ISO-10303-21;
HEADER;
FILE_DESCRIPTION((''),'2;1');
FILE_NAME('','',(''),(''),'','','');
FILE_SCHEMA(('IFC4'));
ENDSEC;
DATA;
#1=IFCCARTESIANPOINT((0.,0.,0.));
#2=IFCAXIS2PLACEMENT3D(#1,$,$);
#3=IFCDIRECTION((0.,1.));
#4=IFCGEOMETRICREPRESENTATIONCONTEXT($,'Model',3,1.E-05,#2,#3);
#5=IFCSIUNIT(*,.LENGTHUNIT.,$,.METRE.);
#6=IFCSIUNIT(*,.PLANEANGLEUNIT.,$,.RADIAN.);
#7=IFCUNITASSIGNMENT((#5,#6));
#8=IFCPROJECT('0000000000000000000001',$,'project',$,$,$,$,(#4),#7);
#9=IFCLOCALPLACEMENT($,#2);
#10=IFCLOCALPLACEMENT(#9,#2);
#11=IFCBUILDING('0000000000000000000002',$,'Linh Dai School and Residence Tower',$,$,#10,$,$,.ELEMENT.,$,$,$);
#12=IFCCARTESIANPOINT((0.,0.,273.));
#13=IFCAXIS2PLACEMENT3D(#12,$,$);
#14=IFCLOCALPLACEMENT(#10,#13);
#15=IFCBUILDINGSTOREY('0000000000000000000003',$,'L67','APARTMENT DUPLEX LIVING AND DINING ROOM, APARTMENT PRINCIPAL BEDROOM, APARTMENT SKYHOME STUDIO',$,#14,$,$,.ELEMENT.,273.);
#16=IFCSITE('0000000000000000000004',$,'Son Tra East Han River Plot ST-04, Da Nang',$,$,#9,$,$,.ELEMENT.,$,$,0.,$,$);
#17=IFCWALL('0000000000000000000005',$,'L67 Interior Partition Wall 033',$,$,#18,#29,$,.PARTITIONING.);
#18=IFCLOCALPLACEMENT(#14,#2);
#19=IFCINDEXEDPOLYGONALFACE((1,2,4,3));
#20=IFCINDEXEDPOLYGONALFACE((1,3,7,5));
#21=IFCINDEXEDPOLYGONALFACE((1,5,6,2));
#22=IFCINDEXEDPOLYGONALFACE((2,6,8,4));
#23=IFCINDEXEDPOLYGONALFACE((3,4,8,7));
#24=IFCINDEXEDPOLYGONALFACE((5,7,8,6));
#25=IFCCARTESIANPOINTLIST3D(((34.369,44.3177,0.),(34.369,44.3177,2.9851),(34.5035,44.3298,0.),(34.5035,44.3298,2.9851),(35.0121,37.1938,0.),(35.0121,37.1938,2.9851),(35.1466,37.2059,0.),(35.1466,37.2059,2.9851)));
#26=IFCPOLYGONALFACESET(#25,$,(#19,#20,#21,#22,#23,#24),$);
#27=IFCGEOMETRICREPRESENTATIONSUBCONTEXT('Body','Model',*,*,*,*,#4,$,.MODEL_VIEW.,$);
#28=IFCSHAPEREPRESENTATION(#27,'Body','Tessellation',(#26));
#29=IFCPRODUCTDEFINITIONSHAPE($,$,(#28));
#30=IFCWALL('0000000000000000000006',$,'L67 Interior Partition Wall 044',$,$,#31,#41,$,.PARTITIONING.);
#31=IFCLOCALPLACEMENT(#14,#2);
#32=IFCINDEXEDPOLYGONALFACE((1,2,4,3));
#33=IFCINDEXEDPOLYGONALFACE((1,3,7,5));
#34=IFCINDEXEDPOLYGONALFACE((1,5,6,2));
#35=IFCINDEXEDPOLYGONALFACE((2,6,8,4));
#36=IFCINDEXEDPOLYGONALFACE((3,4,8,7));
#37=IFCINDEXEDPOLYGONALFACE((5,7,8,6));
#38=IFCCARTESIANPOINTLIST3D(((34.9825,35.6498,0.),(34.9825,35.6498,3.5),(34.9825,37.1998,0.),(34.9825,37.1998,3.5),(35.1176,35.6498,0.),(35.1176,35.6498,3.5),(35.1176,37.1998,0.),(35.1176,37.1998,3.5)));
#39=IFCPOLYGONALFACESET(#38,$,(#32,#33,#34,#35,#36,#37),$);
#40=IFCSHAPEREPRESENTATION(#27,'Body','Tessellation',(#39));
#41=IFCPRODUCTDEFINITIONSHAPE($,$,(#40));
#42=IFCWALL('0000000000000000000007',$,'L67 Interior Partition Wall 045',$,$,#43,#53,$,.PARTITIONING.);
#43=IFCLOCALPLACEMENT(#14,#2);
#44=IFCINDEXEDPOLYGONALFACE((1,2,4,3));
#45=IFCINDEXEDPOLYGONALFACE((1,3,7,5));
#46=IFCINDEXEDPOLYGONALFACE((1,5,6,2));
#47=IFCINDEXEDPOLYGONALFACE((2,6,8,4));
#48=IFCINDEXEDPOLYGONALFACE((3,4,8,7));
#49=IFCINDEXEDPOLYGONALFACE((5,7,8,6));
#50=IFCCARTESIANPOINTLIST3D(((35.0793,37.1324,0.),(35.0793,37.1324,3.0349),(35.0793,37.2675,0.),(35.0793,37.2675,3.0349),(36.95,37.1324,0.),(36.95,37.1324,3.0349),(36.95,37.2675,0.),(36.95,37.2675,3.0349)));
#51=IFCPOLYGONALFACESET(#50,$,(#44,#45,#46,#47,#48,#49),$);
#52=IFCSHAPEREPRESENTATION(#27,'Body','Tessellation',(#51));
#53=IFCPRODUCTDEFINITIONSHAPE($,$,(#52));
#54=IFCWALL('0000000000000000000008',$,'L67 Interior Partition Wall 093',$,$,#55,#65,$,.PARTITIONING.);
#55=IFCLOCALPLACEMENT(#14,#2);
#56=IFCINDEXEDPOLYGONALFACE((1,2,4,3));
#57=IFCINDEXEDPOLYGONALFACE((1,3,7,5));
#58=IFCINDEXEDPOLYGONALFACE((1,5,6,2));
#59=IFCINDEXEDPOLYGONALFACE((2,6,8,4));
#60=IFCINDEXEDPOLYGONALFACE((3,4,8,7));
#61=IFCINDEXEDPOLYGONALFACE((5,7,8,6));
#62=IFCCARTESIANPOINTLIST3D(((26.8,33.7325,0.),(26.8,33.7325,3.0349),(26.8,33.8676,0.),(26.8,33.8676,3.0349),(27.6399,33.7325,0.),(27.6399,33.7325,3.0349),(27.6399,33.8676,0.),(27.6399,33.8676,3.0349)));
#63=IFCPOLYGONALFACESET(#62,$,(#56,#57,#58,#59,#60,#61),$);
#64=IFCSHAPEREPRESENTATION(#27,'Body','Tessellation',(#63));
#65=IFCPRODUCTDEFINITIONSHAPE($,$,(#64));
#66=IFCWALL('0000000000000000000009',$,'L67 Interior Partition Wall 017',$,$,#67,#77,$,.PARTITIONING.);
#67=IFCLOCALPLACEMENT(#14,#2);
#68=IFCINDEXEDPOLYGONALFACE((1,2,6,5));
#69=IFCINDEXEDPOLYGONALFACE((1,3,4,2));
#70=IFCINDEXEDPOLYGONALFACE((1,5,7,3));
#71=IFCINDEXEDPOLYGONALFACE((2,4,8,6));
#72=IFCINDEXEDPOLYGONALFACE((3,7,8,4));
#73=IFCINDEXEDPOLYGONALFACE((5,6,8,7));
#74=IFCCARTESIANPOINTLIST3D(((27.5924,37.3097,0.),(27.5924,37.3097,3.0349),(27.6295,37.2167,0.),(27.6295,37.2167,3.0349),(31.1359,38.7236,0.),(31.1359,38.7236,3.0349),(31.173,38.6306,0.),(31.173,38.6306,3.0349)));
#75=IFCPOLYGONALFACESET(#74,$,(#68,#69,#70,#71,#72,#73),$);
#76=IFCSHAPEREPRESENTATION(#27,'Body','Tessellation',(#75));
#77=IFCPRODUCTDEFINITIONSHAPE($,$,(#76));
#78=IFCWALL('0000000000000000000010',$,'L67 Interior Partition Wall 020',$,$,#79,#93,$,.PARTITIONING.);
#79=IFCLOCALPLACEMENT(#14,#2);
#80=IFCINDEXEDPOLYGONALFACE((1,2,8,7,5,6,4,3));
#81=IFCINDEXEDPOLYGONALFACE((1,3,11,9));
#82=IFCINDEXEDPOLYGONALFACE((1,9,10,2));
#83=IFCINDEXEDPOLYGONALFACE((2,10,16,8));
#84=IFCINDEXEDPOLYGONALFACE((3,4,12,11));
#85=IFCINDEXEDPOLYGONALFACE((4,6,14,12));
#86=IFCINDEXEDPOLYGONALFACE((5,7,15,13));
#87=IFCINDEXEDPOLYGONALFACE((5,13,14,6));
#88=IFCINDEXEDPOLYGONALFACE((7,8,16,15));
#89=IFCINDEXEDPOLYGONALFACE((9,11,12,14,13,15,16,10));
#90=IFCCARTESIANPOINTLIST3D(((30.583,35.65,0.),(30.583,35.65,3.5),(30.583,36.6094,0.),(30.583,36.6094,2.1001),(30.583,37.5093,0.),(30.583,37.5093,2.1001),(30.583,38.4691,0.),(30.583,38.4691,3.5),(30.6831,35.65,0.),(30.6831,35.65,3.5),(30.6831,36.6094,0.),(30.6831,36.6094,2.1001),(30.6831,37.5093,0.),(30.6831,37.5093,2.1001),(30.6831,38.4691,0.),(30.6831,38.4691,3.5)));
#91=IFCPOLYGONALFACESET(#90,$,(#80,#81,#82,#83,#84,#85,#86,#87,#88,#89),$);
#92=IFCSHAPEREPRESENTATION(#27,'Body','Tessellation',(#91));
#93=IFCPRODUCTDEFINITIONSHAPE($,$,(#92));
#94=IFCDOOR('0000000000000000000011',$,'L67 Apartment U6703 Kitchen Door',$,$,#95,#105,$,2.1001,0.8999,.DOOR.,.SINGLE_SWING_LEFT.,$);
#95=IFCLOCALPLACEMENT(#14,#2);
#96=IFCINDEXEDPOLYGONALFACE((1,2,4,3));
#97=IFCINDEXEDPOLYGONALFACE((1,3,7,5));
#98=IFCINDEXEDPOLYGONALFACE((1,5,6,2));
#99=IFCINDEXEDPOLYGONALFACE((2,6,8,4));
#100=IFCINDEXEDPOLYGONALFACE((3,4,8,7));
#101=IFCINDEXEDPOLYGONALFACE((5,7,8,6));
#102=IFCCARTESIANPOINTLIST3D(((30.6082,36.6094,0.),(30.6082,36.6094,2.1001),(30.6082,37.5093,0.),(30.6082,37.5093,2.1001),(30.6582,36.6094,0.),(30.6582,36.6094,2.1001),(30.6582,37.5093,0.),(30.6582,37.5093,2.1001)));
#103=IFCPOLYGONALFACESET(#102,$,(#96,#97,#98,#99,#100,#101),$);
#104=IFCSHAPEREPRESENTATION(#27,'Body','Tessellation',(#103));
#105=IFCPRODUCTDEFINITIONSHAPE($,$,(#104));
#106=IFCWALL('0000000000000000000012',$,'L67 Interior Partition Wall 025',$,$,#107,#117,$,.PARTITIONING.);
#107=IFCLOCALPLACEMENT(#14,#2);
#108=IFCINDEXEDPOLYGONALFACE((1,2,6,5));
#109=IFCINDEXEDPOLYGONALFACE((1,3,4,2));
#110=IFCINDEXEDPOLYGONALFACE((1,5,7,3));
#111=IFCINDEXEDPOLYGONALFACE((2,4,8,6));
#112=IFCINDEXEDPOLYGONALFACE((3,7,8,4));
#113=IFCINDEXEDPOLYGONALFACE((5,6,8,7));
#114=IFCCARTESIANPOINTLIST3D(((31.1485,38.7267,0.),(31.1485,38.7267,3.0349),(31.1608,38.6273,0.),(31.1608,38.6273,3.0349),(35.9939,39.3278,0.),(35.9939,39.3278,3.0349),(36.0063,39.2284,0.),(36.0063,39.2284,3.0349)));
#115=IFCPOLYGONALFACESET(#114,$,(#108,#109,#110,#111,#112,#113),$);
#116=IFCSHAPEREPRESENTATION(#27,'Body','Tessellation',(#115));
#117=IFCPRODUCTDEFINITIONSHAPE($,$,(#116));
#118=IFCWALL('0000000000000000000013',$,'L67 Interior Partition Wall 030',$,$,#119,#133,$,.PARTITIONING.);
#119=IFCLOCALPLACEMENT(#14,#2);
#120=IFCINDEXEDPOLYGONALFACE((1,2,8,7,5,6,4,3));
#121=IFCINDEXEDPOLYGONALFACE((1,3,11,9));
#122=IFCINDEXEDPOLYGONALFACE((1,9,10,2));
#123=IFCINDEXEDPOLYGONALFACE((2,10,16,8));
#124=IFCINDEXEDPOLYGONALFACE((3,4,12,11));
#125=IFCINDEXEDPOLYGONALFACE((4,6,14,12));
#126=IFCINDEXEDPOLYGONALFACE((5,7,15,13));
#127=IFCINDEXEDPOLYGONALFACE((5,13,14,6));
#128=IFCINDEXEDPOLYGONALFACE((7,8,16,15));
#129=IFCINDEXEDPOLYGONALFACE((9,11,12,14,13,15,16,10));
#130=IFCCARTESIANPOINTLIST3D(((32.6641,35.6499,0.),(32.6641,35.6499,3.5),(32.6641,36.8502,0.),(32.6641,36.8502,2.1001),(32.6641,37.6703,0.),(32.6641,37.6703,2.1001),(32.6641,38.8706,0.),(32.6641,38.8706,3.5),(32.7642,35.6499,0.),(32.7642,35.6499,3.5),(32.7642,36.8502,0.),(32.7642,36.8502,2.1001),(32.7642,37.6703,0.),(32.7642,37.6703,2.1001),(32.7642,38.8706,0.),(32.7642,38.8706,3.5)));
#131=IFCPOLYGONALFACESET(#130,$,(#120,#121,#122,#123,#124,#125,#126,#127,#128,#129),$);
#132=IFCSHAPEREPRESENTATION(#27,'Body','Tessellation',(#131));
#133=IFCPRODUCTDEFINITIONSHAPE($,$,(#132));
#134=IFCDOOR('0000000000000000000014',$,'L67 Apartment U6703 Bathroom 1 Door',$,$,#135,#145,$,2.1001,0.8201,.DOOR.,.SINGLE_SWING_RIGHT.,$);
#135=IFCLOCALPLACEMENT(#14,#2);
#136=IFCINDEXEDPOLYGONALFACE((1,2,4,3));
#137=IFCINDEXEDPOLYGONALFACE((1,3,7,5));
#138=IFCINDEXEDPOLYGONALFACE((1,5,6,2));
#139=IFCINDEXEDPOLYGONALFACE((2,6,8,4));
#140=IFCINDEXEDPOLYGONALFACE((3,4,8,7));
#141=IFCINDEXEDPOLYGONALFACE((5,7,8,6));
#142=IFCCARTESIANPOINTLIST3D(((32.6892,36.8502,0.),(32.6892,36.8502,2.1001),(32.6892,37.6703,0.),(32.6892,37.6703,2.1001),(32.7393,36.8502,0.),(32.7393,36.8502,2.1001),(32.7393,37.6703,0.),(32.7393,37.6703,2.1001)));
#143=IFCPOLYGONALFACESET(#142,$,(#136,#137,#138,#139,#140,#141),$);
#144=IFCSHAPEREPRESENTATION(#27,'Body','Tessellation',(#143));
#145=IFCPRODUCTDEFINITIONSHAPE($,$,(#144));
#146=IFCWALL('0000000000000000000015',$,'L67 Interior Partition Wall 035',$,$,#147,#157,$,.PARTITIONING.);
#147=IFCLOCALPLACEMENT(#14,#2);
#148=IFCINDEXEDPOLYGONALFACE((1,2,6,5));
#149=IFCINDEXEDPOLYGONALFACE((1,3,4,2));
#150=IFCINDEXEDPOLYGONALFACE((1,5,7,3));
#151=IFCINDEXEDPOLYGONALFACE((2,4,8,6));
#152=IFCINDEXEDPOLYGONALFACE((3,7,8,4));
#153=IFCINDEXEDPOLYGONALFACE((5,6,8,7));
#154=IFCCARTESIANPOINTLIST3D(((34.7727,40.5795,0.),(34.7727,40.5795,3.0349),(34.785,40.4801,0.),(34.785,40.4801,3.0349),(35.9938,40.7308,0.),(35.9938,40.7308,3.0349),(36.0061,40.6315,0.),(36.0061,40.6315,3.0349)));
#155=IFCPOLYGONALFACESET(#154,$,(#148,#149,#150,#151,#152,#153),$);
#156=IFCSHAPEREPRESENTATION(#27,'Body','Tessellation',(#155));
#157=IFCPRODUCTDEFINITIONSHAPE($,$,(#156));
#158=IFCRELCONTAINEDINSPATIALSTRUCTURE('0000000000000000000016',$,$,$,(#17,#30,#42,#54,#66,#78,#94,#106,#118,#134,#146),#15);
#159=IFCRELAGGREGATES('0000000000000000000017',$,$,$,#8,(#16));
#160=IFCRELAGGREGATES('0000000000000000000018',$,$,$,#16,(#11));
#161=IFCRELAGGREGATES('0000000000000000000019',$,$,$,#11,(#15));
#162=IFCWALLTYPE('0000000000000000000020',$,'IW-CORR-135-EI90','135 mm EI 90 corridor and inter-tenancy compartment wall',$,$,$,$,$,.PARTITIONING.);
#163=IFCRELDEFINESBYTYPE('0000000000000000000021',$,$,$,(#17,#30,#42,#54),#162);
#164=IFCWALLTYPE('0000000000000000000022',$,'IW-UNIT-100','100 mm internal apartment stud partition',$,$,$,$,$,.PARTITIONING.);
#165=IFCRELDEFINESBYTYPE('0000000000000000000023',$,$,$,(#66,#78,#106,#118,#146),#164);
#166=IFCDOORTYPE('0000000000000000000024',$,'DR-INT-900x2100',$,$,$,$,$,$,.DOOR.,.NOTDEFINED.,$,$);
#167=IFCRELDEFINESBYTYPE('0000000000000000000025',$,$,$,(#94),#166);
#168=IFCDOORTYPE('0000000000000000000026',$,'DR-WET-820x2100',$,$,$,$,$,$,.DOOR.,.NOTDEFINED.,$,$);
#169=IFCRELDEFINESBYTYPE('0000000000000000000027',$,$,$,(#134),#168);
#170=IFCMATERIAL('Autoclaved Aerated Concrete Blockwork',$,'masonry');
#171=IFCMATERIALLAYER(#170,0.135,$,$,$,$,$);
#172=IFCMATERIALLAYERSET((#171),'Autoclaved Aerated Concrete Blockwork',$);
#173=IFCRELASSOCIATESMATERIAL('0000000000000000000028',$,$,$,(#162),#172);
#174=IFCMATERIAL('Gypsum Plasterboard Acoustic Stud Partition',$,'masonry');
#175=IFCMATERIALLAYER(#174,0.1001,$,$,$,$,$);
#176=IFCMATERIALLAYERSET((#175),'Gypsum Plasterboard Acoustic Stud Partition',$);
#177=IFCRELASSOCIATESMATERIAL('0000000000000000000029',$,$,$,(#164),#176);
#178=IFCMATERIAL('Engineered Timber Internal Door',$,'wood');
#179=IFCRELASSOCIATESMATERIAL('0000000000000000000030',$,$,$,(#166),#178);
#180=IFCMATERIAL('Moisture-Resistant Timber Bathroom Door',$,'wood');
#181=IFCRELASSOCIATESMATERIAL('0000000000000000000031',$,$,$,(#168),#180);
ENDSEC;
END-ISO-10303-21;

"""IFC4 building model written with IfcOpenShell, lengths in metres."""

from ifc_helpers import new_model, si_unit, direction, frame, frame_2d, origin, origin_2d, place, context, subcontext, project, spatial, rectangle, extrude, source, transform, mapped, material, layer, layer_set, type_object, element, fill, save


model = new_model("IFC4")

# Units and contexts
model_context = context("Model", 3, precision=1e-05, world=origin(), true_north=direction((0.0, 1.0)))
body_context = subcontext(model_context, "Body", "Model", "MODEL_VIEW")
ifc_project = project(units=[si_unit("LENGTHUNIT", "METRE"), si_unit("PLANEANGLEUNIT", "RADIAN")], contexts=[model_context])

# Site, building, storey
site_placement = place(None, origin())
site = spatial("IfcSite", under=ifc_project, at=site_placement, Name="Son Tra East Han River Plot ST-04, Da Nang", CompositionType="ELEMENT", RefElevation=0.0)
building_placement = place(site_placement, origin())
building = spatial("IfcBuilding", under=site, at=building_placement, Name="Linh Dai School and Residence Tower", CompositionType="ELEMENT")
storey_placement = place(building_placement, frame((0.0, 0.0, 273.0)))
storey = spatial("IfcBuildingStorey", under=building, at=storey_placement, Name="L67", Description="APARTMENT DUPLEX LIVING AND DINING ROOM, APARTMENT PRINCIPAL BEDROOM, APARTMENT SKYHOME STUDIO", CompositionType="ELEMENT", Elevation=273.0)

# Walls
ifc_material_1 = material(Name="Autoclaved Aerated Concrete Blockwork", Category="masonry")
ifc_layer_1 = layer(ifc_material_1, 0.135)
ifc_layer_set_1 = layer_set([ifc_layer_1], Name="Autoclaved Aerated Concrete Blockwork")
wall_type_1 = type_object("IfcWallType", Name="IW-CORR-135-EI90", Description="135 mm EI 90 corridor and inter-tenancy compartment wall", PredefinedType="PARTITIONING", material=ifc_layer_set_1)
wall_1_placement = place(storey_placement, frame((34.4363, 44.3237, 0.0), z_axis=(0.0, 0.0, 1.0), x_axis=(0.089905, -0.99595, 0.0)))
element("IfcWall", 1, at=wall_1_placement, inside=storey, type_object=wall_type_1, Name="L67 Interior Partition Wall 033", PredefinedType="PARTITIONING", context=body_context, shape_type="SweptSolid", body=[
    extrude(rectangle(XDim=7.1528, YDim=0.135, at=frame_2d((3.5764, 0.0))), origin(), (0.0, 0.0, 1.0), 2.9851),
])
wall_2_placement = place(storey_placement, frame((35.05, 35.6499, 0.0), z_axis=(0.0, 0.0, 1.0), x_axis=(0.0, 1.0, 0.0)))
element("IfcWall", 2, at=wall_2_placement, inside=storey, type_object=wall_type_1, Name="L67 Interior Partition Wall 044", PredefinedType="PARTITIONING", context=body_context, shape_type="SweptSolid", body=[
    extrude(rectangle(XDim=1.55, YDim=0.135, at=frame_2d((0.7749, 0.0))), origin(), (0.0, 0.0, 1.0), 3.5),
])
wall_3_placement = place(storey_placement, frame((35.0793, 37.2, 0.0), z_axis=(0.0, 0.0, 1.0), x_axis=(1.0, 0.0, 0.0)))
element("IfcWall", 3, at=wall_3_placement, inside=storey, type_object=wall_type_1, Name="L67 Interior Partition Wall 045", PredefinedType="PARTITIONING", context=body_context, shape_type="SweptSolid", body=[
    extrude(rectangle(XDim=1.8706, YDim=0.135, at=frame_2d((0.9353, 0.0))), origin(), (0.0, 0.0, 1.0), 3.0349),
])
wall_4_placement = place(storey_placement, frame((27.6399, 33.8, 0.0), z_axis=(0.0, 0.0, 1.0), x_axis=(-1.0, 0.0, 0.0)))
element("IfcWall", 4, at=wall_4_placement, inside=storey, type_object=wall_type_1, Name="L67 Interior Partition Wall 093", PredefinedType="PARTITIONING", context=body_context, shape_type="SweptSolid", body=[
    extrude(rectangle(XDim=0.8398, YDim=0.135, at=frame_2d((0.4199, 0.0))), origin(), (0.0, 0.0, 1.0), 3.0349),
])
ifc_material_2 = material(Name="Gypsum Plasterboard Acoustic Stud Partition", Category="masonry")
ifc_layer_2 = layer(ifc_material_2, 0.1001)
ifc_layer_set_2 = layer_set([ifc_layer_2], Name="Gypsum Plasterboard Acoustic Stud Partition")
wall_type_2 = type_object("IfcWallType", Name="IW-UNIT-100", Description="100 mm internal apartment stud partition", PredefinedType="PARTITIONING", material=ifc_layer_set_2)
wall_5_placement = place(storey_placement, frame((27.6108, 37.2632, 0.0), z_axis=(0.0, 0.0, 1.0), x_axis=(0.928799, 0.370585, 0.0)))
element("IfcWall", 5, at=wall_5_placement, inside=storey, type_object=wall_type_2, Name="L67 Interior Partition Wall 017", PredefinedType="PARTITIONING", context=body_context, shape_type="SweptSolid", body=[
    extrude(rectangle(XDim=3.8152, YDim=0.1001, at=frame_2d((1.9077, 0.0))), origin(), (0.0, 0.0, 1.0), 3.0349),
])

# Wall, opening, door
wall_6_placement = place(storey_placement, frame((30.6331, 35.6499, 0.0), z_axis=(0.0, 0.0, 1.0), x_axis=(0.0, 1.0, 0.0)))
wall_6 = element("IfcWall", 6, at=wall_6_placement, inside=storey, type_object=wall_type_2, Name="L67 Interior Partition Wall 020", PredefinedType="PARTITIONING", context=body_context, shape_type="SweptSolid", body=[
    extrude(rectangle(XDim=2.8191, YDim=0.1001, at=frame_2d((1.4097, 0.0))), origin(), (0.0, 0.0, 1.0), 3.5),
])
opening_1_placement = place(wall_6_placement, frame((0.9595, 0.0, 0.0)))
opening_1 = element("IfcOpeningElement", 7, at=opening_1_placement, cuts=wall_6, PredefinedType="OPENING", context=body_context, shape_type="SweptSolid", body=[
    extrude(rectangle(XDim=0.8999, YDim=2.1001, at=origin_2d()), frame((0.45, 0.0601, 1.05), z_axis=(0.0, -1.0, 0.0), x_axis=(1.0, 0.0, 0.0)), (0.0, 0.0, 1.0), 0.1201),
])
ifc_material_3 = material(Name="Engineered Timber Internal Door", Category="wood")
door_type_1 = type_object("IfcDoorType", Name="DR-INT-900x2100", OperationType="NOTDEFINED", PredefinedType="DOOR", material=ifc_material_3)
shared_shape_1 = source(origin(), body_context, "Body", "SweptSolid", [
    extrude(rectangle(XDim=0.8999, YDim=2.1001, at=origin_2d()), frame((0.45, 0.0249, 1.05), z_axis=(0.0, -1.0, 0.0), x_axis=(1.0, 0.0, 0.0)), (0.0, 0.0, 1.0), 0.05),
])
door_1_placement = place(opening_1_placement, origin())
door_1 = element("IfcDoor", 8, at=door_1_placement, inside=storey, type_object=door_type_1, Name="L67 Apartment U6703 Kitchen Door", OperationType="SINGLE_SWING_LEFT", OverallHeight=2.1001, OverallWidth=0.8999, PredefinedType="DOOR", context=body_context, shape_type="MappedRepresentation", body=[
    mapped(shared_shape_1, transform((0.0, 0.0, 0.0), x_axis=(1.0, 0.0, 0.0), y_axis=(0.0, 1.0, 0.0), z_axis=(0.0, 0.0, 1.0), scale=1.0)),
])
fill(opening_1, door_1)

# Wall
wall_7_placement = place(storey_placement, frame((31.1545, 38.677, 0.0), z_axis=(0.0, 0.0, 1.0), x_axis=(0.992394, 0.123105, 0.0)))
element("IfcWall", 9, at=wall_7_placement, inside=storey, type_object=wall_type_2, Name="L67 Interior Partition Wall 025", PredefinedType="PARTITIONING", context=body_context, shape_type="SweptSolid", body=[
    extrude(rectangle(XDim=4.8826, YDim=0.1001, at=frame_2d((2.4414, 0.0))), origin(), (0.0, 0.0, 1.0), 3.0349),
])

# Wall, opening, door
wall_8_placement = place(storey_placement, frame((32.7141, 35.6499, 0.0), z_axis=(0.0, 0.0, 1.0), x_axis=(0.0, 1.0, 0.0)))
wall_8 = element("IfcWall", 10, at=wall_8_placement, inside=storey, type_object=wall_type_2, Name="L67 Interior Partition Wall 030", PredefinedType="PARTITIONING", context=body_context, shape_type="SweptSolid", body=[
    extrude(rectangle(XDim=3.2207, YDim=0.1001, at=frame_2d((1.6104, 0.0))), origin(), (0.0, 0.0, 1.0), 3.5),
])
opening_2_placement = place(wall_8_placement, frame((1.2002, 0.0, 0.0)))
opening_2 = element("IfcOpeningElement", 11, at=opening_2_placement, cuts=wall_8, PredefinedType="OPENING", context=body_context, shape_type="SweptSolid", body=[
    extrude(rectangle(XDim=0.8201, YDim=2.1001, at=origin_2d()), frame((0.4102, 0.0601, 1.05), z_axis=(0.0, -1.0, 0.0), x_axis=(1.0, 0.0, 0.0)), (0.0, 0.0, 1.0), 0.1201),
])
ifc_material_4 = material(Name="Moisture-Resistant Timber Bathroom Door", Category="wood")
door_type_2 = type_object("IfcDoorType", Name="DR-WET-820x2100", OperationType="NOTDEFINED", PredefinedType="DOOR", material=ifc_material_4)
shared_shape_2 = source(origin(), body_context, "Body", "SweptSolid", [
    extrude(rectangle(XDim=0.8201, YDim=2.1001, at=origin_2d()), frame((0.4102, 0.0249, 1.05), z_axis=(0.0, -1.0, 0.0), x_axis=(1.0, 0.0, 0.0)), (0.0, 0.0, 1.0), 0.05),
])
door_2_placement = place(opening_2_placement, origin())
door_2 = element("IfcDoor", 12, at=door_2_placement, inside=storey, type_object=door_type_2, Name="L67 Apartment U6703 Bathroom 1 Door", OperationType="SINGLE_SWING_RIGHT", OverallHeight=2.1001, OverallWidth=0.8201, PredefinedType="DOOR", context=body_context, shape_type="MappedRepresentation", body=[
    mapped(shared_shape_2, transform((0.0, 0.0, 0.0), x_axis=(1.0, 0.0, 0.0), y_axis=(0.0, 1.0, 0.0), z_axis=(0.0, 0.0, 1.0), scale=1.0)),
])
fill(opening_2, door_2)

# Wall
wall_9_placement = place(storey_placement, frame((34.7788, 40.5298, 0.0), z_axis=(0.0, 0.0, 1.0), x_axis=(0.992406, 0.123009, 0.0)))
element("IfcWall", 13, at=wall_9_placement, inside=storey, type_object=wall_type_2, Name="L67 Interior Partition Wall 035", PredefinedType="PARTITIONING", context=body_context, shape_type="SweptSolid", body=[
    extrude(rectangle(XDim=1.2305, YDim=0.1001, at=frame_2d((0.6152, 0.0))), origin(), (0.0, 0.0, 1.0), 3.0349),
])

save(model, "model.ifc")
